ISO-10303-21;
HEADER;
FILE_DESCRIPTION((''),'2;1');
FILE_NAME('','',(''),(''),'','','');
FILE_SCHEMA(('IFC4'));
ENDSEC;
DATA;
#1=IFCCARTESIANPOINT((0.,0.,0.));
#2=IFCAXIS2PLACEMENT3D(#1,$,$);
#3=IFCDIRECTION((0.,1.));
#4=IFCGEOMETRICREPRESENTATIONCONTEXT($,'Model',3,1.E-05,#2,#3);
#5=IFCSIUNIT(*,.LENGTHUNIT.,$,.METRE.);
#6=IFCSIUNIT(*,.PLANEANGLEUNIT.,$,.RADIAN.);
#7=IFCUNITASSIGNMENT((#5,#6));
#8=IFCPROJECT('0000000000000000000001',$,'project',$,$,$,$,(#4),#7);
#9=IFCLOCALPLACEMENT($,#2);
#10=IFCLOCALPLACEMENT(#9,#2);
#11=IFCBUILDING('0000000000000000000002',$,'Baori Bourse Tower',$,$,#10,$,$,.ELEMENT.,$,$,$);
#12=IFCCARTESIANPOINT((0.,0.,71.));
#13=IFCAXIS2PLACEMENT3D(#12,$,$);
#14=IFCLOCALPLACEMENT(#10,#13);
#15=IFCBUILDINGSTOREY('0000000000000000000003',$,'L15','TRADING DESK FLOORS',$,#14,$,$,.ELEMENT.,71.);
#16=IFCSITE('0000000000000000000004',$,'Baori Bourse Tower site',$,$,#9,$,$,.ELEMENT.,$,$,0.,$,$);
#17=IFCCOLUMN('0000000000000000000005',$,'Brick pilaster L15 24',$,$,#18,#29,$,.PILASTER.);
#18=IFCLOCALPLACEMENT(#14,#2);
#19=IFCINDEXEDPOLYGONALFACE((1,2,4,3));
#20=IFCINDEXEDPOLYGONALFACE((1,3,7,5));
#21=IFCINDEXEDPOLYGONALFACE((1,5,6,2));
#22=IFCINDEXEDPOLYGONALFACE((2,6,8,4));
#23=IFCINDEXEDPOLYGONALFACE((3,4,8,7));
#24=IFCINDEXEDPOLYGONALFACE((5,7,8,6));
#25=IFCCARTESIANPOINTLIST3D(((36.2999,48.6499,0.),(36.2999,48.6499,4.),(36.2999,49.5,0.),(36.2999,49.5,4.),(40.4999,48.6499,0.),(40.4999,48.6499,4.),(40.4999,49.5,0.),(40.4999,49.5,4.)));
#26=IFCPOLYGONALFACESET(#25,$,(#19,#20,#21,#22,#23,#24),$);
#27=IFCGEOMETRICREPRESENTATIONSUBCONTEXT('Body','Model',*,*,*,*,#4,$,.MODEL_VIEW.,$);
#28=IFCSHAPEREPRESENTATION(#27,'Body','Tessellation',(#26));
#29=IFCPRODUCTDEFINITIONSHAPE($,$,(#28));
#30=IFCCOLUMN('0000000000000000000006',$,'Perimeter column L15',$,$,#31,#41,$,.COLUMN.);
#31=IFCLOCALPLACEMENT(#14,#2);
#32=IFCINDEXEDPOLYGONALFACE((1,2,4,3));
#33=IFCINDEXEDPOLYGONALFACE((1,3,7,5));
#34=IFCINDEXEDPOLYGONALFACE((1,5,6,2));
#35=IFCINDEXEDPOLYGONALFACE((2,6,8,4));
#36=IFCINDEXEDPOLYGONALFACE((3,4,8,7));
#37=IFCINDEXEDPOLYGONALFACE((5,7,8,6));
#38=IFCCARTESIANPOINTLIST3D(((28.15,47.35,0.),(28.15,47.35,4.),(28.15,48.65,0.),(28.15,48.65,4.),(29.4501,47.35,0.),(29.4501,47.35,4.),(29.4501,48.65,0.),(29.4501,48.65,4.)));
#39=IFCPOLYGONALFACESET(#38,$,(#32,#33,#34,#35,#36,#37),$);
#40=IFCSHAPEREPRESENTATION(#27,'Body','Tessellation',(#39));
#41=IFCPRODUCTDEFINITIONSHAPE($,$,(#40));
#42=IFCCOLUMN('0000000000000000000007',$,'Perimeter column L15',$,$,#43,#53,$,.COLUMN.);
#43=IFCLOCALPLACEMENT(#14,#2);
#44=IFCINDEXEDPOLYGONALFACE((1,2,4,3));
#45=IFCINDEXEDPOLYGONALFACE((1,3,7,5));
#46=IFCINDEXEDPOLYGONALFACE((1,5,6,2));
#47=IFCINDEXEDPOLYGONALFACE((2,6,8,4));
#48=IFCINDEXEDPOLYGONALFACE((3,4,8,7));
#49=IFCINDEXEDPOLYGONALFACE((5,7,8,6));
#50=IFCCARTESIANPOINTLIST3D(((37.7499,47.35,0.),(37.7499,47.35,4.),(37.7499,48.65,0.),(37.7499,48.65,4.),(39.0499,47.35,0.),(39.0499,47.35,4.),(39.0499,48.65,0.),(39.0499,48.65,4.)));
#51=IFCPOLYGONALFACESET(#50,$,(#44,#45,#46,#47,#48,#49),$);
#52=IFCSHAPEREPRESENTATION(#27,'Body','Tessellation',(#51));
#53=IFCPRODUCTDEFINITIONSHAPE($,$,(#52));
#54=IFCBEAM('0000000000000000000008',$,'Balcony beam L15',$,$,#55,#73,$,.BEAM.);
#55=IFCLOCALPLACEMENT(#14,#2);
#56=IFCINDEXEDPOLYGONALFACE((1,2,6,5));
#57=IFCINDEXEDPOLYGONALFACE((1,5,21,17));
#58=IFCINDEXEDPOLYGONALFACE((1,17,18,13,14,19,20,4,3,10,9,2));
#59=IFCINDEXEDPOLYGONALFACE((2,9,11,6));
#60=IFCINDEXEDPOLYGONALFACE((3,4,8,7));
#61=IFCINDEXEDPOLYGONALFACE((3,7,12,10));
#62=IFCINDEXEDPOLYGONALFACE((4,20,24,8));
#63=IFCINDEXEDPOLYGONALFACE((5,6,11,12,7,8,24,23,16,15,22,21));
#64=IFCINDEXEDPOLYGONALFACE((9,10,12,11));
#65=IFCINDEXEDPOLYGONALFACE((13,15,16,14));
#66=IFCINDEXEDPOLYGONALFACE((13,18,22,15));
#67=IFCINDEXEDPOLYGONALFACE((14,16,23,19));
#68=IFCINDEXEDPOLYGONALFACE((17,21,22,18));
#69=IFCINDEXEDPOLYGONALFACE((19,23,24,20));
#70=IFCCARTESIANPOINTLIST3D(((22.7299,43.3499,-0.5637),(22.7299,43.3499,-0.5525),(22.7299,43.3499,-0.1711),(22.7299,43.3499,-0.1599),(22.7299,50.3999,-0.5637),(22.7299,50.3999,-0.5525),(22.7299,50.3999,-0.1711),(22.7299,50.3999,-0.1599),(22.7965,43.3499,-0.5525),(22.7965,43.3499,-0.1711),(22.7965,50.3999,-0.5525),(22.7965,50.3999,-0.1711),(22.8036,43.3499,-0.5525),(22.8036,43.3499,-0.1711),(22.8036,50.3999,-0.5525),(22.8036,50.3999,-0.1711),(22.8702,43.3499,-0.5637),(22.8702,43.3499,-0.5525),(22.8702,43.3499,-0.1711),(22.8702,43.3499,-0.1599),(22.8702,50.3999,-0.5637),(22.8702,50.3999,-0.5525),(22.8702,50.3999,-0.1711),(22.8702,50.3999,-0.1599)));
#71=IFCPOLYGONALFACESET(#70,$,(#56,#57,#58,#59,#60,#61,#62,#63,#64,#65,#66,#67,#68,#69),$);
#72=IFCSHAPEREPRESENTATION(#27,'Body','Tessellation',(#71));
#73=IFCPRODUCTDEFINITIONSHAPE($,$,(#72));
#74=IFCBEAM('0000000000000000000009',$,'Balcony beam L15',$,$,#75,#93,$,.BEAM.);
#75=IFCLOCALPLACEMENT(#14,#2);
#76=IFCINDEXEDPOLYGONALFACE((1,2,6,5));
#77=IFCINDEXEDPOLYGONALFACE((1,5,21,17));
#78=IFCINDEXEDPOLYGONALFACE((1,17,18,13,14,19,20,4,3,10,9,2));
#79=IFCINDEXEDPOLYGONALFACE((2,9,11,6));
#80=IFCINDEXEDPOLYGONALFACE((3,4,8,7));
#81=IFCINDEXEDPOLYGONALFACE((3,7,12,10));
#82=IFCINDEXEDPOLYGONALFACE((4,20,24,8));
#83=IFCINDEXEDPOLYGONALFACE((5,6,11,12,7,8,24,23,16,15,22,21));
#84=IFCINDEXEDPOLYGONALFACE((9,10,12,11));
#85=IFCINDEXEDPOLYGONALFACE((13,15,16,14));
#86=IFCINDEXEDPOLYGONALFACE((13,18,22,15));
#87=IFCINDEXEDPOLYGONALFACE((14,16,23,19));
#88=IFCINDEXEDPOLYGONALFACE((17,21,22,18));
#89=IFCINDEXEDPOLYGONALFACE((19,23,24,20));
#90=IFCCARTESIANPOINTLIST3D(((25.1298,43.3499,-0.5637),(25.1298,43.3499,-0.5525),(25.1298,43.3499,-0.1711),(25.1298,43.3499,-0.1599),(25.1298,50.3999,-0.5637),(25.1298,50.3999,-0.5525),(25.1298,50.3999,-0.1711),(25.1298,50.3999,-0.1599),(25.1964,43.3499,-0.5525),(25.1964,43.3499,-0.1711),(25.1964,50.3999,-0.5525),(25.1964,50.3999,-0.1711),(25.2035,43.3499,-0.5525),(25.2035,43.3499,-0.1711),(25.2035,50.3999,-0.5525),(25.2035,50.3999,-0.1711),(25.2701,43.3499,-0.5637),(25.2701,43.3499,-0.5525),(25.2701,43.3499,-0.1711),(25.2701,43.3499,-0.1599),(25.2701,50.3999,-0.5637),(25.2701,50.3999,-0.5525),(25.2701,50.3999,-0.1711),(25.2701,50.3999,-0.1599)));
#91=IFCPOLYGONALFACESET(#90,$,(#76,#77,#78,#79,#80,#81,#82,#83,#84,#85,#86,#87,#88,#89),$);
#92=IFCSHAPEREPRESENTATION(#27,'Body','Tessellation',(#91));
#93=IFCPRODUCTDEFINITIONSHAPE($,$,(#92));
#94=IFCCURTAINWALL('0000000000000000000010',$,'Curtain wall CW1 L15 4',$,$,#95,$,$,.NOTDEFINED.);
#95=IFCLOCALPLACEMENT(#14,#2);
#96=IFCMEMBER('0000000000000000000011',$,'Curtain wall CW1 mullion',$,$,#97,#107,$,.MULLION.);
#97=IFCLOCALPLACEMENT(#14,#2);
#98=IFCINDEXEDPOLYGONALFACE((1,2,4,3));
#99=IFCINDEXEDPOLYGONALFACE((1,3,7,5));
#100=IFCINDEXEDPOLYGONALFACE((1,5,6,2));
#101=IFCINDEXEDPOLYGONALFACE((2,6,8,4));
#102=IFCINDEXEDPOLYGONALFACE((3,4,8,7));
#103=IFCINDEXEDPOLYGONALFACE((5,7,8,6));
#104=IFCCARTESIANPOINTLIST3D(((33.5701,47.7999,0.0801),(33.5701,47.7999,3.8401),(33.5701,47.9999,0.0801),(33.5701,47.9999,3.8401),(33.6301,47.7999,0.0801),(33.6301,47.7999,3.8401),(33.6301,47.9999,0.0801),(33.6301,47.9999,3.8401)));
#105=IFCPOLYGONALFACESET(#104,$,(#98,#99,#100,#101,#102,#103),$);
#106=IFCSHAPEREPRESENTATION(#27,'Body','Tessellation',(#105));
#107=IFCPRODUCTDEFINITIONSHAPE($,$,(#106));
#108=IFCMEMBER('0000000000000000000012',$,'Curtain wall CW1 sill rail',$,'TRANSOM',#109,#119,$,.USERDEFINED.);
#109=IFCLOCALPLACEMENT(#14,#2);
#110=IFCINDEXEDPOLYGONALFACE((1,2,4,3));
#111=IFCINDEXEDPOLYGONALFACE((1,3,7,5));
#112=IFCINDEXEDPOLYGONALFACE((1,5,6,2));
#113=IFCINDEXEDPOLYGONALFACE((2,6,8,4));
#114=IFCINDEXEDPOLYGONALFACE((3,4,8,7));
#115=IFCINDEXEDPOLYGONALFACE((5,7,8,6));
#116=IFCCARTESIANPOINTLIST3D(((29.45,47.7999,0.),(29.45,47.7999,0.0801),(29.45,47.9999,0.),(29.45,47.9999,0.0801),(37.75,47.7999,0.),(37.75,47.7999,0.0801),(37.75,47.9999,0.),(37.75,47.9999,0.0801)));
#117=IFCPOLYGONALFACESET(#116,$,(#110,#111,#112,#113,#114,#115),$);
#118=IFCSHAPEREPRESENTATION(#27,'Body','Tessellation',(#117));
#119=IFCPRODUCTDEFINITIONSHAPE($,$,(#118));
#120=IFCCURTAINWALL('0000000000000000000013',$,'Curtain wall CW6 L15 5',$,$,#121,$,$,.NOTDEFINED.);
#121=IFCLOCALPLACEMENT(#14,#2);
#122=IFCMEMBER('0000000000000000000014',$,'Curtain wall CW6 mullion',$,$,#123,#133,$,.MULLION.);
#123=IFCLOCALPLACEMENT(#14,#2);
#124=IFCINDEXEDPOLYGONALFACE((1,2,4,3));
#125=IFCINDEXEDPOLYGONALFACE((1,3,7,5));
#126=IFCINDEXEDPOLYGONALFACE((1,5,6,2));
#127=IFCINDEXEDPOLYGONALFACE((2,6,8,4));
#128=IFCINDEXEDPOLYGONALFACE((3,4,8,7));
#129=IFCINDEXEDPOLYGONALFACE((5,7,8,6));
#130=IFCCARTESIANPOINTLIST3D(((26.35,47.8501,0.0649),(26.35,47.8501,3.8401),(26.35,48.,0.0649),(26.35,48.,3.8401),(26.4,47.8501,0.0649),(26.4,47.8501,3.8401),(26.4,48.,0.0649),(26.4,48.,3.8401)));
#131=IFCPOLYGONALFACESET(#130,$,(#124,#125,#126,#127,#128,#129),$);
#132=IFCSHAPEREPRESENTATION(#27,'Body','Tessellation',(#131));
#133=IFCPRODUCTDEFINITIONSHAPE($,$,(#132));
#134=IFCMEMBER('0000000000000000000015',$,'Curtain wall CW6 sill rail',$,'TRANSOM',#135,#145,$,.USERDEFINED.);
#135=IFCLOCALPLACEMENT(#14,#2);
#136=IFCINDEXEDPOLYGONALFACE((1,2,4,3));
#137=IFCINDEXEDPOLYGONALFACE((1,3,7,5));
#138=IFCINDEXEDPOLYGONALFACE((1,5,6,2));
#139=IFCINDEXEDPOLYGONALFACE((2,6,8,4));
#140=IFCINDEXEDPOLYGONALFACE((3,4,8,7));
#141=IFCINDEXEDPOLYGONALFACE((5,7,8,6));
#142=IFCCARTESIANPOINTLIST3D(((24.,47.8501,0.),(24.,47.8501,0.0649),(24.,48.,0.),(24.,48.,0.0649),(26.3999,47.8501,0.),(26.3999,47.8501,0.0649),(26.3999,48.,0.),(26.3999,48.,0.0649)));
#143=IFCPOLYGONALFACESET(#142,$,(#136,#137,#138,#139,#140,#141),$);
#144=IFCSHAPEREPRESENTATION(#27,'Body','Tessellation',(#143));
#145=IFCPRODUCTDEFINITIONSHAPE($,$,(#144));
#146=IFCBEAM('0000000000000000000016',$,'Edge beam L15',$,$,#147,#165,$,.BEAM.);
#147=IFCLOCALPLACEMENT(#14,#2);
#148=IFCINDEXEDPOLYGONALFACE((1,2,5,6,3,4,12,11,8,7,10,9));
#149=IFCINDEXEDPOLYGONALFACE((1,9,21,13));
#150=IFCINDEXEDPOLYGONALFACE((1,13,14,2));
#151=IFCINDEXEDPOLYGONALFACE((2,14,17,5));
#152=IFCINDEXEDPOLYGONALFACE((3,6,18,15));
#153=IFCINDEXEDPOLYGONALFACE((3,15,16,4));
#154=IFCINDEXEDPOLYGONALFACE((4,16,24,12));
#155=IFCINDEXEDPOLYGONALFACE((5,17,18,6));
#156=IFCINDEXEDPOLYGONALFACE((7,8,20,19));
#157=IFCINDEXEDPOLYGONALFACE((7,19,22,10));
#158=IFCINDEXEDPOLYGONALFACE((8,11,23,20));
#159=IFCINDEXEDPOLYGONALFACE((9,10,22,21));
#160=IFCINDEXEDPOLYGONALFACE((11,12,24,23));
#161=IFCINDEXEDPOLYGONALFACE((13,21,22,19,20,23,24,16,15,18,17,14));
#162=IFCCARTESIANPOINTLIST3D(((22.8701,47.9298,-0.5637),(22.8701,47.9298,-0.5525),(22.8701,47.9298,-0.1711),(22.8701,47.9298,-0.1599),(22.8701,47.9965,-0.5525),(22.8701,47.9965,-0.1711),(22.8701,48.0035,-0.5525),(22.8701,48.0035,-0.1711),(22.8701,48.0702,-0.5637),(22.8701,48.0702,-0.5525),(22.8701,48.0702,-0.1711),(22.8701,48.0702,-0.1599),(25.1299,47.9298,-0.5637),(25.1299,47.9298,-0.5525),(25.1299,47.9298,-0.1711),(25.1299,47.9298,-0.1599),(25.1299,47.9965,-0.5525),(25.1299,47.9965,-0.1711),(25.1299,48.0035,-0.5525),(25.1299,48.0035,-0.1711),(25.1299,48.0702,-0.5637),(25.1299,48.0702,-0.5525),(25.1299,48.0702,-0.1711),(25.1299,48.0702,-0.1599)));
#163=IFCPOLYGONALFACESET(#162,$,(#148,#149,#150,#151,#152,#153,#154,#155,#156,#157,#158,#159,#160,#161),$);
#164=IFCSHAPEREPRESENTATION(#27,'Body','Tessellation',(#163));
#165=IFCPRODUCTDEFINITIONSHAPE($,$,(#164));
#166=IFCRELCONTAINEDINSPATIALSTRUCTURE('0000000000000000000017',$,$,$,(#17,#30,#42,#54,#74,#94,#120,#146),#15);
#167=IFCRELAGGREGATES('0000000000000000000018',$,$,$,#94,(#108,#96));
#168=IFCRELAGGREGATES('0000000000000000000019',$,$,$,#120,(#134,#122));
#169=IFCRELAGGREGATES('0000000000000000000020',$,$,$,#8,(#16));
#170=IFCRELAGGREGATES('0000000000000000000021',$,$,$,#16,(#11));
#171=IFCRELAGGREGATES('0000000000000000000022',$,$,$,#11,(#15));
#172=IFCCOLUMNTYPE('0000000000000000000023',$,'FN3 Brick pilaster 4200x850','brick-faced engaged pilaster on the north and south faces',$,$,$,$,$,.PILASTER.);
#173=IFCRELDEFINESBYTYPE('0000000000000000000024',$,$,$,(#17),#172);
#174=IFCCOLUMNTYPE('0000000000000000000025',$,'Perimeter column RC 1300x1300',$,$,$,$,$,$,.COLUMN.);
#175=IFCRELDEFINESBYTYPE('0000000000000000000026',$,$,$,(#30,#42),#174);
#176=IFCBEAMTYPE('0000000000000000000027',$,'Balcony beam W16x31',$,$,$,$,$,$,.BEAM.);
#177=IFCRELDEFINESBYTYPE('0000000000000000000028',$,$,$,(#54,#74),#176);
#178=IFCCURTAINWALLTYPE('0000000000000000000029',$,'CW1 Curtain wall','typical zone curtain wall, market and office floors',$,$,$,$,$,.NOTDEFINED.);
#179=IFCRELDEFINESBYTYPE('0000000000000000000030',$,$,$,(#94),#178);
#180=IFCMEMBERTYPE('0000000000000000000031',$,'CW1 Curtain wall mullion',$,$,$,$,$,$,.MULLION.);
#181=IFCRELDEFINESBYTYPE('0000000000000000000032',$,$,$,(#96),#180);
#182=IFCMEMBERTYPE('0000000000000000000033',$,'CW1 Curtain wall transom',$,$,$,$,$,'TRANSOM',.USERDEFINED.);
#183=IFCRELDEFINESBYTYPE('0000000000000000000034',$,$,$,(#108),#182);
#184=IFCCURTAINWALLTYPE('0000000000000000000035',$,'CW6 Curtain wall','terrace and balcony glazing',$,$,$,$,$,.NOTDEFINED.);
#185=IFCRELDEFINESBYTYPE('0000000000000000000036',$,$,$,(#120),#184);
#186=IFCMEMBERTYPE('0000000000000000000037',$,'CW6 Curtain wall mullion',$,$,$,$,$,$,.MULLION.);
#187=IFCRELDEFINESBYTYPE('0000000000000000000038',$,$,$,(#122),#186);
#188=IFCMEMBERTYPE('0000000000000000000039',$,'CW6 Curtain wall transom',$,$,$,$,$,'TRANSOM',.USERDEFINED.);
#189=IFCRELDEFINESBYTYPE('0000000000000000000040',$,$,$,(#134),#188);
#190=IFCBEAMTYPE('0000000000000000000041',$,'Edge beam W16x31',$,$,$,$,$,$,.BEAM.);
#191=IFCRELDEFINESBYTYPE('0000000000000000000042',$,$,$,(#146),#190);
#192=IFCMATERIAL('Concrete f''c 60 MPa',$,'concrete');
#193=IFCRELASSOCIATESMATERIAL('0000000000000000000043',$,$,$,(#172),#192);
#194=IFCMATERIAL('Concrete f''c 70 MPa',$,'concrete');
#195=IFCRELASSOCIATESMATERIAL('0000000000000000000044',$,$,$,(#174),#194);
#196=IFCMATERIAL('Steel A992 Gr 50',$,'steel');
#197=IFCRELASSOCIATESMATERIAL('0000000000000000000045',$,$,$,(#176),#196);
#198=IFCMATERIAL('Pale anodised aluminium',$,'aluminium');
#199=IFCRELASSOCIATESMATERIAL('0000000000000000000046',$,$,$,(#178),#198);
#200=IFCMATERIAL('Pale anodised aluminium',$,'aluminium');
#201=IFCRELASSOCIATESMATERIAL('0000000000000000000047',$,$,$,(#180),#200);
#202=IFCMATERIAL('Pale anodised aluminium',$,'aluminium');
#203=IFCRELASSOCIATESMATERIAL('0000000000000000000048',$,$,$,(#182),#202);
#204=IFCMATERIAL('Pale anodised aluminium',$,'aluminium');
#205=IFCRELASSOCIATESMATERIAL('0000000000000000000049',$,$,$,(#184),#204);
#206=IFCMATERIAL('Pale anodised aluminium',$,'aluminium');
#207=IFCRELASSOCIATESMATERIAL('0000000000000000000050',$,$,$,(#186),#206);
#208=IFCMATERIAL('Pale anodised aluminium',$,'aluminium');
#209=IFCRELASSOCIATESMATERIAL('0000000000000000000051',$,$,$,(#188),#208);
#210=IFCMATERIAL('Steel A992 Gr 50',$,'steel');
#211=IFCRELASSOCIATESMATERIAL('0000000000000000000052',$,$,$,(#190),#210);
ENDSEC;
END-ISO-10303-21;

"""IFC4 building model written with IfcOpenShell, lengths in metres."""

from ifc_helpers import new_model, si_unit, direction, frame, origin, origin_2d, place, context, subcontext, project, spatial, rectangle, i_section, extrude, material, material_profile, profile_set, type_object, element, aggregate, save


model = new_model("IFC4")

# Units and contexts
model_context = context("Model", 3, precision=1e-05, world=origin(), true_north=direction((0.0, 1.0)))
body_context = subcontext(model_context, "Body", "Model", "MODEL_VIEW")
ifc_project = project(units=[si_unit("LENGTHUNIT", "METRE"), si_unit("PLANEANGLEUNIT", "RADIAN")], contexts=[model_context])

# Site, building, storey
site_placement = place(None, origin())
site = spatial("IfcSite", under=ifc_project, at=site_placement, Name="Baori Bourse Tower site", CompositionType="ELEMENT", RefElevation=0.0)
building_placement = place(site_placement, origin())
building = spatial("IfcBuilding", under=site, at=building_placement, Name="Baori Bourse Tower", CompositionType="ELEMENT")
storey_placement = place(building_placement, frame((0.0, 0.0, 71.0)))
storey = spatial("IfcBuildingStorey", under=building, at=storey_placement, Name="L15", Description="TRADING DESK FLOORS", CompositionType="ELEMENT", Elevation=71.0)

# Columns
ifc_material_1 = material(Name="Concrete f'c 60 MPa", Category="concrete")
ifc_material_profile_1 = material_profile(ifc_material_1, rectangle(XDim=4.2, YDim=0.8501, at=origin_2d()), Name="RC 4200x850")
ifc_profile_set_1 = profile_set([ifc_material_profile_1], Name="Concrete f'c 60 MPa")
column_type_1 = type_object("IfcColumnType", Name="FN3 Brick pilaster 4200x850", Description="brick-faced engaged pilaster on the north and south faces", PredefinedType="PILASTER", material=ifc_profile_set_1)
column_placement = place(storey_placement, frame((38.3999, 49.075, 0.0), z_axis=(0.0, 0.0, 1.0), x_axis=(1.0, 0.0, 0.0)))
element("IfcColumn", 1, at=column_placement, inside=storey, type_object=column_type_1, Name="Brick pilaster L15 24", PredefinedType="PILASTER", context=body_context, shape_type="SweptSolid", body=[
    extrude(rectangle(XDim=4.2, YDim=0.8501, at=origin_2d()), origin(), (0.0, 0.0, 1.0), 4.0),
])
ifc_material_2 = material(Name="Concrete f'c 70 MPa", Category="concrete")
ifc_material_profile_2 = material_profile(ifc_material_2, rectangle(XDim=1.3, YDim=1.3, at=origin_2d()), Name="RC 1300x1300")
ifc_profile_set_2 = profile_set([ifc_material_profile_2], Name="Concrete f'c 70 MPa")
column_type_2 = type_object("IfcColumnType", Name="Perimeter column RC 1300x1300", PredefinedType="COLUMN", material=ifc_profile_set_2)
for number, where, z_axis, x_axis, name in (
    (2, (28.8, 48.0, 0.0), (0.0, 0.0, 1.0), (1.0, 0.0, 0.0), "Perimeter column L15"),
    (3, (38.3999, 48.0, 0.0), (0.0, 0.0, 1.0), (1.0, 0.0, 0.0), "Perimeter column L15"),
):
    element("IfcColumn", number, at=place(storey_placement, frame(where, z_axis=z_axis, x_axis=x_axis)), inside=storey, type_object=column_type_2, Name=name, PredefinedType="COLUMN", context=body_context, shape_type="SweptSolid", body=[
        extrude(rectangle(XDim=1.3, YDim=1.3, at=origin_2d()), origin(), (0.0, 0.0, 1.0), 4.0),
    ])

# Beams
ifc_material_3 = material(Name="Steel A992 Gr 50", Category="steel")
ifc_material_profile_3 = material_profile(ifc_material_3, i_section(OverallWidth=0.1404, OverallDepth=0.4038, WebThickness=0.0071, FlangeThickness=0.0112, at=origin_2d()), Name="W16x31")
ifc_profile_set_3 = profile_set([ifc_material_profile_3], Name="Steel A992 Gr 50")
beam_type_1 = type_object("IfcBeamType", Name="Balcony beam W16x31", PredefinedType="BEAM", material=ifc_profile_set_3)
for number, where, z_axis, x_axis, name in (
    (4, (22.8, 50.3999, -0.3618), (0.0, -1.0, 0.0), (1.0, 0.0, 0.0), "Balcony beam L15"),
    (5, (25.2, 50.3999, -0.3618), (0.0, -1.0, 0.0), (1.0, 0.0, 0.0), "Balcony beam L15"),
):
    element("IfcBeam", number, at=place(storey_placement, frame(where, z_axis=z_axis, x_axis=x_axis)), inside=storey, type_object=beam_type_1, Name=name, PredefinedType="BEAM", context=body_context, shape_type="SweptSolid", body=[
        extrude(i_section(OverallWidth=0.1404, OverallDepth=0.4038, WebThickness=0.0071, FlangeThickness=0.0112, at=origin_2d()), origin(), (0.0, 0.0, 1.0), 7.05),
    ])

# Curtain walls, members
ifc_material_4 = material(Name="Pale anodised aluminium", Category="aluminium")
curtain_wall_type_1 = type_object("IfcCurtainWallType", Name="CW1 Curtain wall", Description="typical zone curtain wall, market and office floors", PredefinedType="NOTDEFINED", material=ifc_material_4)
curtain_wall_1_placement = place(storey_placement, origin())
curtain_wall_1 = element("IfcCurtainWall", 6, at=curtain_wall_1_placement, inside=storey, type_object=curtain_wall_type_1, Name="Curtain wall CW1 L15 4", PredefinedType="NOTDEFINED")
ifc_material_5 = material(Name="Pale anodised aluminium", Category="aluminium")
ifc_material_profile_4 = material_profile(ifc_material_5, rectangle(XDim=0.2, YDim=0.0601, at=origin_2d()), Name="Mullion 60x200")
ifc_profile_set_4 = profile_set([ifc_material_profile_4], Name="Pale anodised aluminium")
member_type_1 = type_object("IfcMemberType", Name="CW1 Curtain wall mullion", PredefinedType="MULLION", material=ifc_profile_set_4)
member_1_placement = place(storey_placement, frame((33.6001, 47.8999, 0.0801), z_axis=(0.0, 0.0, 1.0), x_axis=(0.0, -1.0, 0.0)))
member_1 = element("IfcMember", 7, at=member_1_placement, type_object=member_type_1, Name="Curtain wall CW1 mullion", PredefinedType="MULLION", context=body_context, shape_type="SweptSolid", body=[
    extrude(rectangle(XDim=0.2, YDim=0.0601, at=origin_2d()), origin(), (0.0, 0.0, 1.0), 3.76),
])
ifc_material_6 = material(Name="Pale anodised aluminium", Category="aluminium")
ifc_material_profile_5 = material_profile(ifc_material_6, rectangle(XDim=0.2, YDim=0.0801, at=origin_2d()), Name="Transom 80x200")
ifc_profile_set_5 = profile_set([ifc_material_profile_5], Name="Pale anodised aluminium")
member_type_2 = type_object("IfcMemberType", Name="CW1 Curtain wall transom", ElementType="TRANSOM", PredefinedType="USERDEFINED", material=ifc_profile_set_5)
member_2_placement = place(storey_placement, frame((37.75, 47.8999, 0.04), z_axis=(-1.0, 0.0, 0.0), x_axis=(0.0, -1.0, 0.0)))
member_2 = element("IfcMember", 8, at=member_2_placement, type_object=member_type_2, Name="Curtain wall CW1 sill rail", ObjectType="TRANSOM", PredefinedType="USERDEFINED", context=body_context, shape_type="SweptSolid", body=[
    extrude(rectangle(XDim=0.2, YDim=0.0801, at=origin_2d()), origin(), (0.0, 0.0, 1.0), 8.3),
])
ifc_material_7 = material(Name="Pale anodised aluminium", Category="aluminium")
curtain_wall_type_2 = type_object("IfcCurtainWallType", Name="CW6 Curtain wall", Description="terrace and balcony glazing", PredefinedType="NOTDEFINED", material=ifc_material_7)
curtain_wall_2_placement = place(storey_placement, origin())
curtain_wall_2 = element("IfcCurtainWall", 9, at=curtain_wall_2_placement, inside=storey, type_object=curtain_wall_type_2, Name="Curtain wall CW6 L15 5", PredefinedType="NOTDEFINED")
ifc_material_8 = material(Name="Pale anodised aluminium", Category="aluminium")
ifc_material_profile_6 = material_profile(ifc_material_8, rectangle(XDim=0.1499, YDim=0.05, at=origin_2d()), Name="Mullion 50x150")
ifc_profile_set_6 = profile_set([ifc_material_profile_6], Name="Pale anodised aluminium")
member_type_3 = type_object("IfcMemberType", Name="CW6 Curtain wall mullion", PredefinedType="MULLION", material=ifc_profile_set_6)
member_3_placement = place(storey_placement, frame((26.375, 47.925, 0.0649), z_axis=(0.0, 0.0, 1.0), x_axis=(0.0, -1.0, 0.0)))
member_3 = element("IfcMember", 10, at=member_3_placement, type_object=member_type_3, Name="Curtain wall CW6 mullion", PredefinedType="MULLION", context=body_context, shape_type="SweptSolid", body=[
    extrude(rectangle(XDim=0.1499, YDim=0.05, at=origin_2d()), origin(), (0.0, 0.0, 1.0), 3.7751),
])
ifc_material_9 = material(Name="Pale anodised aluminium", Category="aluminium")
ifc_material_profile_7 = material_profile(ifc_material_9, rectangle(XDim=0.1499, YDim=0.0649, at=origin_2d()), Name="Transom 65x150")
ifc_profile_set_7 = profile_set([ifc_material_profile_7], Name="Pale anodised aluminium")
member_type_4 = type_object("IfcMemberType", Name="CW6 Curtain wall transom", ElementType="TRANSOM", PredefinedType="USERDEFINED", material=ifc_profile_set_7)
member_4_placement = place(storey_placement, frame((26.3999, 47.925, 0.0325), z_axis=(-1.0, 0.0, 0.0), x_axis=(0.0, -1.0, 0.0)))
member_4 = element("IfcMember", 11, at=member_4_placement, type_object=member_type_4, Name="Curtain wall CW6 sill rail", ObjectType="TRANSOM", PredefinedType="USERDEFINED", context=body_context, shape_type="SweptSolid", body=[
    extrude(rectangle(XDim=0.1499, YDim=0.0649, at=origin_2d()), origin(), (0.0, 0.0, 1.0), 2.3999),
])

# Beam
ifc_material_10 = material(Name="Steel A992 Gr 50", Category="steel")
ifc_material_profile_8 = material_profile(ifc_material_10, i_section(OverallWidth=0.1404, OverallDepth=0.4038, WebThickness=0.0071, FlangeThickness=0.0112, at=origin_2d()), Name="W16x31")
ifc_profile_set_8 = profile_set([ifc_material_profile_8], Name="Steel A992 Gr 50")
beam_type_2 = type_object("IfcBeamType", Name="Edge beam W16x31", PredefinedType="BEAM", material=ifc_profile_set_8)
beam_1_placement = place(storey_placement, frame((22.8701, 48.0, -0.3618), z_axis=(1.0, 0.0, 0.0), x_axis=(0.0, 1.0, 0.0)))
element("IfcBeam", 12, at=beam_1_placement, inside=storey, type_object=beam_type_2, Name="Edge beam L15", PredefinedType="BEAM", context=body_context, shape_type="SweptSolid", body=[
    extrude(i_section(OverallWidth=0.1404, OverallDepth=0.4038, WebThickness=0.0071, FlangeThickness=0.0112, at=origin_2d()), origin(), (0.0, 0.0, 1.0), 2.2598),
])

aggregate(curtain_wall_1, [member_2, member_1])
aggregate(curtain_wall_2, [member_4, member_3])

save(model, "model.ifc")
